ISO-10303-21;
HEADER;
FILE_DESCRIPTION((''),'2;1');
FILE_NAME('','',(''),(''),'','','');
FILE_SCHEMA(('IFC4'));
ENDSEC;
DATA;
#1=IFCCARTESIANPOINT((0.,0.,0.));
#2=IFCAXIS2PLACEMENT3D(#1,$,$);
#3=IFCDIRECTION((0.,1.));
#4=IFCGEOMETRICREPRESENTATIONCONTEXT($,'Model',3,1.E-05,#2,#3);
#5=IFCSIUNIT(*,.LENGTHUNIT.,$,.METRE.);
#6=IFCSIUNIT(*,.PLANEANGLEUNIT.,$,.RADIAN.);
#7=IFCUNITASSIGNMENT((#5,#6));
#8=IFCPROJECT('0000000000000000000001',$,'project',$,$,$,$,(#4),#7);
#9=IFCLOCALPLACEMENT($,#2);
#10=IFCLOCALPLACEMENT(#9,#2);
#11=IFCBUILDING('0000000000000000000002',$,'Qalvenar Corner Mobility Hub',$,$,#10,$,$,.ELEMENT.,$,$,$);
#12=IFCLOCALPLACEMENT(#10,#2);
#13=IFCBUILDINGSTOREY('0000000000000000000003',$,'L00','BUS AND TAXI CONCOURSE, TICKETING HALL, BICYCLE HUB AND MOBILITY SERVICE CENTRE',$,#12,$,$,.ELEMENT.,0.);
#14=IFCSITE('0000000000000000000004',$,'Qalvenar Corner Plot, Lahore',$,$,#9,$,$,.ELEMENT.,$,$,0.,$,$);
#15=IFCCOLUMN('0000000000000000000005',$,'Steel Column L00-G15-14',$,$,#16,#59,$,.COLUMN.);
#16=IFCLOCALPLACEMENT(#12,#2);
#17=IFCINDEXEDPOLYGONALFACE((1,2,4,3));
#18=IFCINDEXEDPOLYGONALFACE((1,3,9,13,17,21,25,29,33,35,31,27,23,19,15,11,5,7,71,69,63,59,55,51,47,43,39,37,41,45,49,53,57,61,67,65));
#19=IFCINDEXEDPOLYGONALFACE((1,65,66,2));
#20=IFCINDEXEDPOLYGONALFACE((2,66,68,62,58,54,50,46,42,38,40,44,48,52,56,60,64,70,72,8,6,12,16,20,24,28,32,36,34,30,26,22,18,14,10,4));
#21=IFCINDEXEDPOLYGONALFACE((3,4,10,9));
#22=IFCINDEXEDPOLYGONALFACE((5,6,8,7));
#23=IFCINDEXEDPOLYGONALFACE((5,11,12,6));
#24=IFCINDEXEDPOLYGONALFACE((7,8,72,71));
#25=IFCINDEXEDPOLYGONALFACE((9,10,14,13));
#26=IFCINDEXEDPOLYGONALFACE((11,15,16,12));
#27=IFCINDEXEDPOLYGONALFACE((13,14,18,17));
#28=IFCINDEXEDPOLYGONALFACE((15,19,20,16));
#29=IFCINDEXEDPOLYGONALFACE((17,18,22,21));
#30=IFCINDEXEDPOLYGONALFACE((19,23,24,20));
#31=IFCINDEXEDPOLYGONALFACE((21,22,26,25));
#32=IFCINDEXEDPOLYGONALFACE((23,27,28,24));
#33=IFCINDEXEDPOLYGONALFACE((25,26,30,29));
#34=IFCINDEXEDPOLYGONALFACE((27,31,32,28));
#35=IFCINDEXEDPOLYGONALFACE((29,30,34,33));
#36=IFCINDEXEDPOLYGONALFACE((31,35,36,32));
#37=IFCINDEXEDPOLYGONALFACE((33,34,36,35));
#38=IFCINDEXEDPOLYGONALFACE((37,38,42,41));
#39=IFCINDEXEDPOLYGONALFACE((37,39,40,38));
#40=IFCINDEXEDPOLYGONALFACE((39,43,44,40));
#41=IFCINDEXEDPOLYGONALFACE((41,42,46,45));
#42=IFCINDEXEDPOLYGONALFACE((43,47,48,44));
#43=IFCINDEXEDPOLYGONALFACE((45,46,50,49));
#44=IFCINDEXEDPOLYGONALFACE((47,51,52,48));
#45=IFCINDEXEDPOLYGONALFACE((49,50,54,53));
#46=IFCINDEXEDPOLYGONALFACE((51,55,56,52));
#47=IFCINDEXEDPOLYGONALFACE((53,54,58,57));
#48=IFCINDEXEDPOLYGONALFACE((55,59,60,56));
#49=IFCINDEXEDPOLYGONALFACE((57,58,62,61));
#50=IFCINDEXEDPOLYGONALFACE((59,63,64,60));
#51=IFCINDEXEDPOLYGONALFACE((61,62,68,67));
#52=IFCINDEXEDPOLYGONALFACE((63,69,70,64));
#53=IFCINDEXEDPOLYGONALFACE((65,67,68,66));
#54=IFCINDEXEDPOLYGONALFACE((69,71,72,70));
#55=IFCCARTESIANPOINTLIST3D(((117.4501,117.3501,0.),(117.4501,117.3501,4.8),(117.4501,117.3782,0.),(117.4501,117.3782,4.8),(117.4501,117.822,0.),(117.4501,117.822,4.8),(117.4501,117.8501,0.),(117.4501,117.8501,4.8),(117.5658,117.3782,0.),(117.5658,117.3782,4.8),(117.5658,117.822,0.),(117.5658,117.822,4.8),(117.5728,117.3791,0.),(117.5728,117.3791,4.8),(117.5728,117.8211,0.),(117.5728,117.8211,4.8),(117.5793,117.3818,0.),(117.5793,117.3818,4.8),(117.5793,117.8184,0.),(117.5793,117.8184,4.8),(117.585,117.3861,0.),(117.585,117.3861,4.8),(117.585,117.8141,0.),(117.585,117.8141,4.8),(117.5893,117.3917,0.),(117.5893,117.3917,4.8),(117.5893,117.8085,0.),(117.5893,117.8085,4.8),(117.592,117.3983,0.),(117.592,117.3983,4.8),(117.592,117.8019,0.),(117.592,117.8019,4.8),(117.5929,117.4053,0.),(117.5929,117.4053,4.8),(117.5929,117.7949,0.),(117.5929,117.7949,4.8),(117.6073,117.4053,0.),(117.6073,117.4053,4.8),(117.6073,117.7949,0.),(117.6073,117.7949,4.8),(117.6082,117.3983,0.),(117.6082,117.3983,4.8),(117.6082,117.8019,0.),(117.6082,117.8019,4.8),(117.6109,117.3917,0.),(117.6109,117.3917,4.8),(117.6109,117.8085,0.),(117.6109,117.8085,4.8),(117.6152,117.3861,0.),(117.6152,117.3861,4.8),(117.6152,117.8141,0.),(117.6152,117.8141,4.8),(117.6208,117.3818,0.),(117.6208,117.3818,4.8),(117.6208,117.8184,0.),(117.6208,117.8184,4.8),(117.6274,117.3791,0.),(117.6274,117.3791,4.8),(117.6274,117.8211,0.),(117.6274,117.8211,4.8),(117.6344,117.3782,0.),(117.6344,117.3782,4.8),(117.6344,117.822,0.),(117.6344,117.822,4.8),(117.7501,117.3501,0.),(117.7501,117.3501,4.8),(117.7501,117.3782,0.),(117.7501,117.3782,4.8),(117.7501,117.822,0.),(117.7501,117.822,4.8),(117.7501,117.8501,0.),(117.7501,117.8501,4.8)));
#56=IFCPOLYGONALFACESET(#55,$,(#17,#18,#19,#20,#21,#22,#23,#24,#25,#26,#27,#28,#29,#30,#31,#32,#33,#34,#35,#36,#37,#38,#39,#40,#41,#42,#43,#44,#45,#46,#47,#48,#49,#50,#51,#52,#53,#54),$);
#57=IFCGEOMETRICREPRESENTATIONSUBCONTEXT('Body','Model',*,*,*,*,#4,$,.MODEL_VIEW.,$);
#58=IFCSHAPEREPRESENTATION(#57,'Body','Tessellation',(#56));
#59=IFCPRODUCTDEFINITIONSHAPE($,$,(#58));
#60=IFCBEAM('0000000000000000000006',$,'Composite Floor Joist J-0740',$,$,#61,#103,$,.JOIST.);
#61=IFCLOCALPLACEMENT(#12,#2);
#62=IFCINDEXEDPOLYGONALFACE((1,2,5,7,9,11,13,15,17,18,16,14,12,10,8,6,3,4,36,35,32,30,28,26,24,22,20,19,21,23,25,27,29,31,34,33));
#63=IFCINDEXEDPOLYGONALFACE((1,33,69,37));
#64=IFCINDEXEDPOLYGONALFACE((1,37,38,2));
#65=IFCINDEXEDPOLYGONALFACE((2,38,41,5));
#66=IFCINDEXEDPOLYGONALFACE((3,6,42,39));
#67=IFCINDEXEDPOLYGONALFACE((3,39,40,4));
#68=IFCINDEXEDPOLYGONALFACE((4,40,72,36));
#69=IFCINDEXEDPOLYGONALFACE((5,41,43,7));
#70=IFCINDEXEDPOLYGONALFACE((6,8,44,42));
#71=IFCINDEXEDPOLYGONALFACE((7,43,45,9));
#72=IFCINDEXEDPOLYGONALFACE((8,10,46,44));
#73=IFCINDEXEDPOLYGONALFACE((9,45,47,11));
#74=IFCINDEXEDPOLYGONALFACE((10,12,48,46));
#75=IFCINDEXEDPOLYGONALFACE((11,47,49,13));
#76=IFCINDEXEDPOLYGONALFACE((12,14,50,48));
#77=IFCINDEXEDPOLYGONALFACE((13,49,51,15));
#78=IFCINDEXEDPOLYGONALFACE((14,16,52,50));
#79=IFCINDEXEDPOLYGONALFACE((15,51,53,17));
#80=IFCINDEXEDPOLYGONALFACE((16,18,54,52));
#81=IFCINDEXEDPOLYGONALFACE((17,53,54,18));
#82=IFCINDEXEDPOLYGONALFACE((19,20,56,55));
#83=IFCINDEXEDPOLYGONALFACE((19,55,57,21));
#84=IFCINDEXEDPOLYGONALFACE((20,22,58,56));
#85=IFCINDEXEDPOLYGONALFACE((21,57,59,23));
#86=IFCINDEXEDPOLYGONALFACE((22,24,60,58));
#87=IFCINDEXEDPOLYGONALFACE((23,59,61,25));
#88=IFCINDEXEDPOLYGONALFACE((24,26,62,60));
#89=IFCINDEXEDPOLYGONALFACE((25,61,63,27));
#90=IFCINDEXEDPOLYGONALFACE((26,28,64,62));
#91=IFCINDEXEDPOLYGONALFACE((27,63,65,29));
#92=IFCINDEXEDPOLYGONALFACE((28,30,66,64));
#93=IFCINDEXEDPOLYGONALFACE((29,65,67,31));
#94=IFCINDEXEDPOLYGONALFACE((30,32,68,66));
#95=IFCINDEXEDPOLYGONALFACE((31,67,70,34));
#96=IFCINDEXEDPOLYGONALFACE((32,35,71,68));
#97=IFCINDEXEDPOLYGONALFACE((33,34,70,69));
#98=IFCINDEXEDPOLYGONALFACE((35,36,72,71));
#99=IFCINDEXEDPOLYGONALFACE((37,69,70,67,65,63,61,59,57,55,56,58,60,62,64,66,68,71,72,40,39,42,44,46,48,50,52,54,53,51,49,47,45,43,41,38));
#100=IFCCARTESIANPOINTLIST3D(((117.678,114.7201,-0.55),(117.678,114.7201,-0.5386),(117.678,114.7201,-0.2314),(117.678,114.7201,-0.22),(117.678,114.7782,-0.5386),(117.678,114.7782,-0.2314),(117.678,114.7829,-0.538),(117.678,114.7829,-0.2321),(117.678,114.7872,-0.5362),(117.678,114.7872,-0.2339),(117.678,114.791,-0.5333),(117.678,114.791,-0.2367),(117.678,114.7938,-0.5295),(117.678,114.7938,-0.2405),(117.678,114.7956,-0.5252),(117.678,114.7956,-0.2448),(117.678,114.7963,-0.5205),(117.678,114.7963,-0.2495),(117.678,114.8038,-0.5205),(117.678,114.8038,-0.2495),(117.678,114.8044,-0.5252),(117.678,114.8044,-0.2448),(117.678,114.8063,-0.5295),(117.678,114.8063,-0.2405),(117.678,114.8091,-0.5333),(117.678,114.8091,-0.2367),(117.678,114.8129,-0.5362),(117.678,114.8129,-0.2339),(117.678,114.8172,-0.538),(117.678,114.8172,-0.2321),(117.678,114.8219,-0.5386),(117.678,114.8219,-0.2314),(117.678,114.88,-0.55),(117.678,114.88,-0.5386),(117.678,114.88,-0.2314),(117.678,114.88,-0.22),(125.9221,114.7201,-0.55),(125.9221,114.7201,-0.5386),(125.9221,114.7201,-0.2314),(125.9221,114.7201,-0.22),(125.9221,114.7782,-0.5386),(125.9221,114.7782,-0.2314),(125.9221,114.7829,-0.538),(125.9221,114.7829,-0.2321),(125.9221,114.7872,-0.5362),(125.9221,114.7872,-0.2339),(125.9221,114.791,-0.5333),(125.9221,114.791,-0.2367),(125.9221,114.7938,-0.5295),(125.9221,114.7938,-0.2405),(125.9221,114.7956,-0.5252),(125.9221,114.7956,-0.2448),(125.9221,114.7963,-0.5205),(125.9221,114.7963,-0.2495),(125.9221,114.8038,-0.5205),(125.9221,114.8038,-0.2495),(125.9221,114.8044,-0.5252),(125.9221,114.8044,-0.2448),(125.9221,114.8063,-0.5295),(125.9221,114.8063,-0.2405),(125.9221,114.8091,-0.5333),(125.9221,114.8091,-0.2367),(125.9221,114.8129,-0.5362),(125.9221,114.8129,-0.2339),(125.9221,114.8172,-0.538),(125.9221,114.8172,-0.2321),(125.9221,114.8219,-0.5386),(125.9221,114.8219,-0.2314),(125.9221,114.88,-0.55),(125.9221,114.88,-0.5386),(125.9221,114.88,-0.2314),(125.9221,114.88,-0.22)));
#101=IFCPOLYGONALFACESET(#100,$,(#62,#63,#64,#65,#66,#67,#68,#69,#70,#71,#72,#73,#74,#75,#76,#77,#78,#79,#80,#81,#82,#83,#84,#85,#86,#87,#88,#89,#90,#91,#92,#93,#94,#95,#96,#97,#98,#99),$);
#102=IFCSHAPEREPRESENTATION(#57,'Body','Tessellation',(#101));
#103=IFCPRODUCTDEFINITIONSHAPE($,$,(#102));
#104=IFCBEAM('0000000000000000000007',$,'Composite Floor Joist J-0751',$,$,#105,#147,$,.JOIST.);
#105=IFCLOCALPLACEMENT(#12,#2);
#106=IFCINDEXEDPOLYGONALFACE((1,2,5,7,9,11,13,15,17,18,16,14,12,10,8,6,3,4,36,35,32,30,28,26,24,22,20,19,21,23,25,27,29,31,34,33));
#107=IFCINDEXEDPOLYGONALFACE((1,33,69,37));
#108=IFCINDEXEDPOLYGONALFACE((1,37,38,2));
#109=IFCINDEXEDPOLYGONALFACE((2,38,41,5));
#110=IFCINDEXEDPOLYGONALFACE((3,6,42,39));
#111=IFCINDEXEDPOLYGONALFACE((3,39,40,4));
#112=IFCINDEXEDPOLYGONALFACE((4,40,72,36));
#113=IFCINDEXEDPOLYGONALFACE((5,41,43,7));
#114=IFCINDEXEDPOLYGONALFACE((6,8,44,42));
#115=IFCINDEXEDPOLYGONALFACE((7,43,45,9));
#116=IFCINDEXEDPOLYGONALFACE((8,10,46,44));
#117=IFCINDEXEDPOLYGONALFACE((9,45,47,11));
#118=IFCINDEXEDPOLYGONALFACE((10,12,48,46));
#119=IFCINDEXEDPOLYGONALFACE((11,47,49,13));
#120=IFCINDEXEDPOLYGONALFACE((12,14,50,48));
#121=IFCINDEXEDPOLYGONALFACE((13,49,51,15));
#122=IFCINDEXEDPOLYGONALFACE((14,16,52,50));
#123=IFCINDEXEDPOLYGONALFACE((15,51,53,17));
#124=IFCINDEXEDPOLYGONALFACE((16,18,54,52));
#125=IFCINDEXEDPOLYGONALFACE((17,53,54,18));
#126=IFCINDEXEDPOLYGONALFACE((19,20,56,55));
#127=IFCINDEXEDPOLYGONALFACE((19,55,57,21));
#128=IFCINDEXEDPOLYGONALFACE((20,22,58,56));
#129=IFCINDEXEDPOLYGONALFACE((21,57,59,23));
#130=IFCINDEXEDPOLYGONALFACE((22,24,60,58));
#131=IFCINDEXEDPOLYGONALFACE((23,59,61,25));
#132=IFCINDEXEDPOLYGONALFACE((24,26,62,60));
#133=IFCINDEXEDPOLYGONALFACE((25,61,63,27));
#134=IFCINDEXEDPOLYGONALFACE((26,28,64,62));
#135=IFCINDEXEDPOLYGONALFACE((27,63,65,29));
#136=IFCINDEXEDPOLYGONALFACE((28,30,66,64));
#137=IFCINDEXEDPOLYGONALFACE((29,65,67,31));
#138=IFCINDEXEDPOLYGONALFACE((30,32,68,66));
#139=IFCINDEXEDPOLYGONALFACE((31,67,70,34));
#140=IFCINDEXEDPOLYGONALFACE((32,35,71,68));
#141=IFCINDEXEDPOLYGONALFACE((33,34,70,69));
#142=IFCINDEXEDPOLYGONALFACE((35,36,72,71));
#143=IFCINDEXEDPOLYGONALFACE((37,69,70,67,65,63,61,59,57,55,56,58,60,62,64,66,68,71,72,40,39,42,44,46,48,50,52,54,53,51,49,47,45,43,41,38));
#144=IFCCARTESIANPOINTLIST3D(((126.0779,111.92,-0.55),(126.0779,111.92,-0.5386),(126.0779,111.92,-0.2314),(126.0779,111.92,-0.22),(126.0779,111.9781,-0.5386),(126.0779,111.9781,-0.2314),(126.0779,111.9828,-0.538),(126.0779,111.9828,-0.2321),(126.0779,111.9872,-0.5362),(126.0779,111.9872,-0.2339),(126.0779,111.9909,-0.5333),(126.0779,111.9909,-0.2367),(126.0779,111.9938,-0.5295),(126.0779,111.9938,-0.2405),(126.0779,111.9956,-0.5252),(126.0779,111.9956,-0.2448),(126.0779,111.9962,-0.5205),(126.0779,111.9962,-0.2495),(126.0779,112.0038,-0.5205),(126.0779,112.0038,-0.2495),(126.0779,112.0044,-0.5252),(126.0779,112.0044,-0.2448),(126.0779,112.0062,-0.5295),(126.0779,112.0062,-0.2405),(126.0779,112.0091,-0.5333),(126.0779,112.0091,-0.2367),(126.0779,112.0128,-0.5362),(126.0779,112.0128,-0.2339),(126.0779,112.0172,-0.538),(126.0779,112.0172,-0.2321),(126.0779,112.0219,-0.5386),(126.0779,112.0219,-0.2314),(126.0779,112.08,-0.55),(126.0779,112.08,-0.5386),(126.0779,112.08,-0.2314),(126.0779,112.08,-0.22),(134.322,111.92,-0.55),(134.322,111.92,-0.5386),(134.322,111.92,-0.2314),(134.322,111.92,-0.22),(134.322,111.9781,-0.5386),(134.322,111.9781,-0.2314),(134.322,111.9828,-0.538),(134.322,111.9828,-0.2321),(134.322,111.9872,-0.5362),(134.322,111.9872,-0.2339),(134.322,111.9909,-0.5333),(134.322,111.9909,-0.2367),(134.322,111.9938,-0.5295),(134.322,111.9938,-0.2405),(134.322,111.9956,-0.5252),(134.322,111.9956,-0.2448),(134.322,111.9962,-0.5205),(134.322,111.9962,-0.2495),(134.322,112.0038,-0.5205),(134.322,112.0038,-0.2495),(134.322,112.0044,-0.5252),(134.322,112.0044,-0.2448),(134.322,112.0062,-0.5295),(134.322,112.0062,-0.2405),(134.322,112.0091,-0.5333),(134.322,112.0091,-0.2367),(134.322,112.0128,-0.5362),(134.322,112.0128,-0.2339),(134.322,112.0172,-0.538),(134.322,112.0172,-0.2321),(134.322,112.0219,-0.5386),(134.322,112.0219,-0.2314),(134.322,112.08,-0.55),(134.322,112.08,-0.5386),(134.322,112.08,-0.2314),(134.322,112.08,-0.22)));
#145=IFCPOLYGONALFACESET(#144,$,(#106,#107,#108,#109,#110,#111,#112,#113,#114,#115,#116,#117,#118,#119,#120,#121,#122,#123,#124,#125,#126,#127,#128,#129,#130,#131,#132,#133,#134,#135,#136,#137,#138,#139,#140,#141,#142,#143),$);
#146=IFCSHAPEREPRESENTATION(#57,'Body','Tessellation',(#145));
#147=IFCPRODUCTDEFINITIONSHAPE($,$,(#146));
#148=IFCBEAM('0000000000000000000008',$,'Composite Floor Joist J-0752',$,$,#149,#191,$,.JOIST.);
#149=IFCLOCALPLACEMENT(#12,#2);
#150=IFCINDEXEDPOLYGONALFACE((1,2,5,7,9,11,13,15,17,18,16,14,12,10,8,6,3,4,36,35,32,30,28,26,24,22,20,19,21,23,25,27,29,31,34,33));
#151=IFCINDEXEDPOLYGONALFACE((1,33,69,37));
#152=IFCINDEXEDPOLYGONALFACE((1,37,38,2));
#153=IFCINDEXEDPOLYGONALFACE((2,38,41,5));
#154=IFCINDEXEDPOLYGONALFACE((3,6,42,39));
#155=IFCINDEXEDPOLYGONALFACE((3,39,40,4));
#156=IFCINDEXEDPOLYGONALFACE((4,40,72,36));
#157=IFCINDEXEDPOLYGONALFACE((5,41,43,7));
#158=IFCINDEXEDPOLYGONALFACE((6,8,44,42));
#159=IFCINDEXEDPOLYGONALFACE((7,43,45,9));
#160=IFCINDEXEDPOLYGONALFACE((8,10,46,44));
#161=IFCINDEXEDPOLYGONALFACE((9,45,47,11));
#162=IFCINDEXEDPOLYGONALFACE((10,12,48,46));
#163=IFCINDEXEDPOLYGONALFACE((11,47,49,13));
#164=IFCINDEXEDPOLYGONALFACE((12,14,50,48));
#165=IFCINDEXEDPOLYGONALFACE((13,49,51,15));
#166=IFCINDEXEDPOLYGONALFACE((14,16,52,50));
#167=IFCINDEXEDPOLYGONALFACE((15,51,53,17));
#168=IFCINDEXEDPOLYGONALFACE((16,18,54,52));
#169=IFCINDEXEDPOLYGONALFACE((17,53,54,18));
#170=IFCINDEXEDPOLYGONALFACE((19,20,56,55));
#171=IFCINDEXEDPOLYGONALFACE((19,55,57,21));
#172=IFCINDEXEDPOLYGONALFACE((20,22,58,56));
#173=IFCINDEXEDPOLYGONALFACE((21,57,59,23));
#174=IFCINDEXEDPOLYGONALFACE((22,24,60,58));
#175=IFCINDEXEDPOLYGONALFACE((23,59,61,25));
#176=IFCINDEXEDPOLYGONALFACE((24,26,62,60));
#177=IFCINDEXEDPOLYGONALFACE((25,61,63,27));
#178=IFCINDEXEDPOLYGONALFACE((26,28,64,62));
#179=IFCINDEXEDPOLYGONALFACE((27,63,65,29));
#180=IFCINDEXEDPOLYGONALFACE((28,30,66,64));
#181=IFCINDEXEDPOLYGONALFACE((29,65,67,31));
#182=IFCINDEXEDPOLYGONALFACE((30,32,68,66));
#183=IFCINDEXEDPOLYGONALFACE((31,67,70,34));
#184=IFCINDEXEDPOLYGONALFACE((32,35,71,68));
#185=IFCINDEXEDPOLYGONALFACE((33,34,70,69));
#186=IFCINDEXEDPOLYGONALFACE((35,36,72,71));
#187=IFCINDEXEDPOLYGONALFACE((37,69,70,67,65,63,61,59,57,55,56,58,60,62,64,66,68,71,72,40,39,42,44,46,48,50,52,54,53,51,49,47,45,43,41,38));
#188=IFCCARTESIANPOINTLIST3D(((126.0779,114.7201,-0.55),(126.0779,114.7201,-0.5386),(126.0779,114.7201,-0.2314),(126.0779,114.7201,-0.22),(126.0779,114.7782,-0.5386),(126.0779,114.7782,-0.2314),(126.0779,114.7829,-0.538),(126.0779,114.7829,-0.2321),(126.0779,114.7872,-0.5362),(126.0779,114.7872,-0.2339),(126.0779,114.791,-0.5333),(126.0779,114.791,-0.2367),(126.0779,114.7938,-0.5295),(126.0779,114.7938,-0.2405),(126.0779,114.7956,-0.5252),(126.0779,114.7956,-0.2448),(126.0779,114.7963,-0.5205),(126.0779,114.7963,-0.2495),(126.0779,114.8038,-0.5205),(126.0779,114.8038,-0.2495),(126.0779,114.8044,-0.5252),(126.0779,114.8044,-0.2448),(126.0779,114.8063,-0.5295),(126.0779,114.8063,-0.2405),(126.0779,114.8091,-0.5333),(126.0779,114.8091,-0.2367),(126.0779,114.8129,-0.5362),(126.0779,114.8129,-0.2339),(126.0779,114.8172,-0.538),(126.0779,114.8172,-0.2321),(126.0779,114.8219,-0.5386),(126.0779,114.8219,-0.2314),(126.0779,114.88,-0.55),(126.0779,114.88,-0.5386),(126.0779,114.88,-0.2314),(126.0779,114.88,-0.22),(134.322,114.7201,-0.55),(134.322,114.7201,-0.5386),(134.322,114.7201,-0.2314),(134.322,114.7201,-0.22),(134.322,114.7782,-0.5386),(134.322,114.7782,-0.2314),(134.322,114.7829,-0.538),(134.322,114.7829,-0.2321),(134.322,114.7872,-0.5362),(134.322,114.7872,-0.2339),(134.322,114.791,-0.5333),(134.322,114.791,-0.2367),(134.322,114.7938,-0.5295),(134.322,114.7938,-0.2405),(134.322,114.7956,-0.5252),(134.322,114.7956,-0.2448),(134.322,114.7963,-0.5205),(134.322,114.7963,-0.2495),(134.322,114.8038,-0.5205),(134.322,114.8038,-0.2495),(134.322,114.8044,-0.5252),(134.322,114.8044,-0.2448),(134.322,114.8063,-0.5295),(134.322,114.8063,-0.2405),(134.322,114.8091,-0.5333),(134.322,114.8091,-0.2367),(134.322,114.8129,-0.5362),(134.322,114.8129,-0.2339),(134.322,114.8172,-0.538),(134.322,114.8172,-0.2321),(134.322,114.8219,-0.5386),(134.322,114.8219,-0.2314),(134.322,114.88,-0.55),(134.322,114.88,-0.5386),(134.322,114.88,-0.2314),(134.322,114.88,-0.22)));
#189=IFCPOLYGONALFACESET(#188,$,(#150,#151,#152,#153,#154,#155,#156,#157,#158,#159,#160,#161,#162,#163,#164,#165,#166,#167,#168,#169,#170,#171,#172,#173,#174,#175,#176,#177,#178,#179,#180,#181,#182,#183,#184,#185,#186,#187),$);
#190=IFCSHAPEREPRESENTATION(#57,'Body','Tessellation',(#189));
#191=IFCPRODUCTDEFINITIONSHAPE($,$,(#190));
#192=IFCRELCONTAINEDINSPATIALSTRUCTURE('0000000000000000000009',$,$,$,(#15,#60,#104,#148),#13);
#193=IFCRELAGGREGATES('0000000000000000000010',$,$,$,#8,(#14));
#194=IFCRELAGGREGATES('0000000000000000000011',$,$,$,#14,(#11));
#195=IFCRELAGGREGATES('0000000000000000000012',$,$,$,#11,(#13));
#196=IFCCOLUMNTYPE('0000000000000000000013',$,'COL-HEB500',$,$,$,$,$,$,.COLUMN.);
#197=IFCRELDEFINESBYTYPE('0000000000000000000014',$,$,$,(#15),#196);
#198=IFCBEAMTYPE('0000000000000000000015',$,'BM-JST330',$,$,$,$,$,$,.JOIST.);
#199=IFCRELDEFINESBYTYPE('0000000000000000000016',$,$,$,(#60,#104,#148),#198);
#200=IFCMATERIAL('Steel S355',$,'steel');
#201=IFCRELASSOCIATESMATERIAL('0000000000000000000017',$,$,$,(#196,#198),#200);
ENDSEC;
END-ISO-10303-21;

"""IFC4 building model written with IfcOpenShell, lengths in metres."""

from ifc_helpers import new_model, si_unit, direction, frame, origin, origin_2d, place, context, subcontext, project, spatial, i_section, extrude, material, material_profile, profile_set, type_object, element, save


model = new_model("IFC4")

# Units and contexts
model_context = context("Model", 3, precision=1e-05, world=origin(), true_north=direction((0.0, 1.0)))
body_context = subcontext(model_context, "Body", "Model", "MODEL_VIEW")
ifc_project = project(units=[si_unit("LENGTHUNIT", "METRE"), si_unit("PLANEANGLEUNIT", "RADIAN")], contexts=[model_context])

# Site, building, storey
site_placement = place(None, origin())
site = spatial("IfcSite", under=ifc_project, at=site_placement, Name="Qalvenar Corner Plot, Lahore", CompositionType="ELEMENT", RefElevation=0.0)
building_placement = place(site_placement, origin())
building = spatial("IfcBuilding", under=site, at=building_placement, Name="Qalvenar Corner Mobility Hub", CompositionType="ELEMENT")
storey_placement = place(building_placement, origin())
storey = spatial("IfcBuildingStorey", under=building, at=storey_placement, Name="L00", Description="BUS AND TAXI CONCOURSE, TICKETING HALL, BICYCLE HUB AND MOBILITY SERVICE CENTRE", CompositionType="ELEMENT", Elevation=0.0)

# Column
ifc_material_1 = material(Name="Steel S355", Category="steel")
ifc_material_profile_1 = material_profile(ifc_material_1, i_section(OverallWidth=0.3, OverallDepth=0.5, WebThickness=0.0144, FlangeThickness=0.0281, FilletRadius=0.0271, at=origin_2d()), Name="HEB500")
ifc_profile_set_1 = profile_set([ifc_material_profile_1], Name="Steel S355")
column_type = type_object("IfcColumnType", Name="COL-HEB500", PredefinedType="COLUMN", material=ifc_profile_set_1)
column_placement = place(storey_placement, frame((117.6001, 117.6001, 0.0), z_axis=(0.0, 0.0, 1.0), x_axis=(1.0, 0.0, 0.0)))
element("IfcColumn", 1, at=column_placement, inside=storey, type_object=column_type, Name="Steel Column L00-G15-14", PredefinedType="COLUMN", context=body_context, shape_type="SweptSolid", body=[
    extrude(i_section(OverallWidth=0.3, OverallDepth=0.5, WebThickness=0.0144, FlangeThickness=0.0281, FilletRadius=0.0271, at=origin_2d()), origin(), (0.0, 0.0, 1.0), 4.8),
])

# Beams
ifc_material_profile_2 = material_profile(ifc_material_1, i_section(OverallWidth=0.1599, OverallDepth=0.3301, WebThickness=0.0076, FlangeThickness=0.0115, FilletRadius=0.0181, at=origin_2d()), Name="IPE330")
ifc_profile_set_2 = profile_set([ifc_material_profile_2], Name="Steel S355")
beam_type_1 = type_object("IfcBeamType", Name="BM-JST330", PredefinedType="JOIST", material=ifc_profile_set_2)
for number, where, z_axis, x_axis, name in (
    (2, (117.678, 114.8, -0.385), (1.0, 0.0, 0.0), (0.0, 1.0, 0.0), "Composite Floor Joist J-0740"),
    (3, (126.0779, 112.0, -0.385), (1.0, 0.0, 0.0), (0.0, 1.0, 0.0), "Composite Floor Joist J-0751"),
    (4, (126.0779, 114.8, -0.385), (1.0, 0.0, 0.0), (0.0, 1.0, 0.0), "Composite Floor Joist J-0752"),
):
    element("IfcBeam", number, at=place(storey_placement, frame(where, z_axis=z_axis, x_axis=x_axis)), inside=storey, type_object=beam_type_1, Name=name, PredefinedType="JOIST", context=body_context, shape_type="SweptSolid", body=[
        extrude(i_section(OverallWidth=0.1599, OverallDepth=0.3301, WebThickness=0.0076, FlangeThickness=0.0115, FilletRadius=0.0181, at=origin_2d()), origin(), (0.0, 0.0, 1.0), 8.2441),
    ])

save(model, "model.ifc")
